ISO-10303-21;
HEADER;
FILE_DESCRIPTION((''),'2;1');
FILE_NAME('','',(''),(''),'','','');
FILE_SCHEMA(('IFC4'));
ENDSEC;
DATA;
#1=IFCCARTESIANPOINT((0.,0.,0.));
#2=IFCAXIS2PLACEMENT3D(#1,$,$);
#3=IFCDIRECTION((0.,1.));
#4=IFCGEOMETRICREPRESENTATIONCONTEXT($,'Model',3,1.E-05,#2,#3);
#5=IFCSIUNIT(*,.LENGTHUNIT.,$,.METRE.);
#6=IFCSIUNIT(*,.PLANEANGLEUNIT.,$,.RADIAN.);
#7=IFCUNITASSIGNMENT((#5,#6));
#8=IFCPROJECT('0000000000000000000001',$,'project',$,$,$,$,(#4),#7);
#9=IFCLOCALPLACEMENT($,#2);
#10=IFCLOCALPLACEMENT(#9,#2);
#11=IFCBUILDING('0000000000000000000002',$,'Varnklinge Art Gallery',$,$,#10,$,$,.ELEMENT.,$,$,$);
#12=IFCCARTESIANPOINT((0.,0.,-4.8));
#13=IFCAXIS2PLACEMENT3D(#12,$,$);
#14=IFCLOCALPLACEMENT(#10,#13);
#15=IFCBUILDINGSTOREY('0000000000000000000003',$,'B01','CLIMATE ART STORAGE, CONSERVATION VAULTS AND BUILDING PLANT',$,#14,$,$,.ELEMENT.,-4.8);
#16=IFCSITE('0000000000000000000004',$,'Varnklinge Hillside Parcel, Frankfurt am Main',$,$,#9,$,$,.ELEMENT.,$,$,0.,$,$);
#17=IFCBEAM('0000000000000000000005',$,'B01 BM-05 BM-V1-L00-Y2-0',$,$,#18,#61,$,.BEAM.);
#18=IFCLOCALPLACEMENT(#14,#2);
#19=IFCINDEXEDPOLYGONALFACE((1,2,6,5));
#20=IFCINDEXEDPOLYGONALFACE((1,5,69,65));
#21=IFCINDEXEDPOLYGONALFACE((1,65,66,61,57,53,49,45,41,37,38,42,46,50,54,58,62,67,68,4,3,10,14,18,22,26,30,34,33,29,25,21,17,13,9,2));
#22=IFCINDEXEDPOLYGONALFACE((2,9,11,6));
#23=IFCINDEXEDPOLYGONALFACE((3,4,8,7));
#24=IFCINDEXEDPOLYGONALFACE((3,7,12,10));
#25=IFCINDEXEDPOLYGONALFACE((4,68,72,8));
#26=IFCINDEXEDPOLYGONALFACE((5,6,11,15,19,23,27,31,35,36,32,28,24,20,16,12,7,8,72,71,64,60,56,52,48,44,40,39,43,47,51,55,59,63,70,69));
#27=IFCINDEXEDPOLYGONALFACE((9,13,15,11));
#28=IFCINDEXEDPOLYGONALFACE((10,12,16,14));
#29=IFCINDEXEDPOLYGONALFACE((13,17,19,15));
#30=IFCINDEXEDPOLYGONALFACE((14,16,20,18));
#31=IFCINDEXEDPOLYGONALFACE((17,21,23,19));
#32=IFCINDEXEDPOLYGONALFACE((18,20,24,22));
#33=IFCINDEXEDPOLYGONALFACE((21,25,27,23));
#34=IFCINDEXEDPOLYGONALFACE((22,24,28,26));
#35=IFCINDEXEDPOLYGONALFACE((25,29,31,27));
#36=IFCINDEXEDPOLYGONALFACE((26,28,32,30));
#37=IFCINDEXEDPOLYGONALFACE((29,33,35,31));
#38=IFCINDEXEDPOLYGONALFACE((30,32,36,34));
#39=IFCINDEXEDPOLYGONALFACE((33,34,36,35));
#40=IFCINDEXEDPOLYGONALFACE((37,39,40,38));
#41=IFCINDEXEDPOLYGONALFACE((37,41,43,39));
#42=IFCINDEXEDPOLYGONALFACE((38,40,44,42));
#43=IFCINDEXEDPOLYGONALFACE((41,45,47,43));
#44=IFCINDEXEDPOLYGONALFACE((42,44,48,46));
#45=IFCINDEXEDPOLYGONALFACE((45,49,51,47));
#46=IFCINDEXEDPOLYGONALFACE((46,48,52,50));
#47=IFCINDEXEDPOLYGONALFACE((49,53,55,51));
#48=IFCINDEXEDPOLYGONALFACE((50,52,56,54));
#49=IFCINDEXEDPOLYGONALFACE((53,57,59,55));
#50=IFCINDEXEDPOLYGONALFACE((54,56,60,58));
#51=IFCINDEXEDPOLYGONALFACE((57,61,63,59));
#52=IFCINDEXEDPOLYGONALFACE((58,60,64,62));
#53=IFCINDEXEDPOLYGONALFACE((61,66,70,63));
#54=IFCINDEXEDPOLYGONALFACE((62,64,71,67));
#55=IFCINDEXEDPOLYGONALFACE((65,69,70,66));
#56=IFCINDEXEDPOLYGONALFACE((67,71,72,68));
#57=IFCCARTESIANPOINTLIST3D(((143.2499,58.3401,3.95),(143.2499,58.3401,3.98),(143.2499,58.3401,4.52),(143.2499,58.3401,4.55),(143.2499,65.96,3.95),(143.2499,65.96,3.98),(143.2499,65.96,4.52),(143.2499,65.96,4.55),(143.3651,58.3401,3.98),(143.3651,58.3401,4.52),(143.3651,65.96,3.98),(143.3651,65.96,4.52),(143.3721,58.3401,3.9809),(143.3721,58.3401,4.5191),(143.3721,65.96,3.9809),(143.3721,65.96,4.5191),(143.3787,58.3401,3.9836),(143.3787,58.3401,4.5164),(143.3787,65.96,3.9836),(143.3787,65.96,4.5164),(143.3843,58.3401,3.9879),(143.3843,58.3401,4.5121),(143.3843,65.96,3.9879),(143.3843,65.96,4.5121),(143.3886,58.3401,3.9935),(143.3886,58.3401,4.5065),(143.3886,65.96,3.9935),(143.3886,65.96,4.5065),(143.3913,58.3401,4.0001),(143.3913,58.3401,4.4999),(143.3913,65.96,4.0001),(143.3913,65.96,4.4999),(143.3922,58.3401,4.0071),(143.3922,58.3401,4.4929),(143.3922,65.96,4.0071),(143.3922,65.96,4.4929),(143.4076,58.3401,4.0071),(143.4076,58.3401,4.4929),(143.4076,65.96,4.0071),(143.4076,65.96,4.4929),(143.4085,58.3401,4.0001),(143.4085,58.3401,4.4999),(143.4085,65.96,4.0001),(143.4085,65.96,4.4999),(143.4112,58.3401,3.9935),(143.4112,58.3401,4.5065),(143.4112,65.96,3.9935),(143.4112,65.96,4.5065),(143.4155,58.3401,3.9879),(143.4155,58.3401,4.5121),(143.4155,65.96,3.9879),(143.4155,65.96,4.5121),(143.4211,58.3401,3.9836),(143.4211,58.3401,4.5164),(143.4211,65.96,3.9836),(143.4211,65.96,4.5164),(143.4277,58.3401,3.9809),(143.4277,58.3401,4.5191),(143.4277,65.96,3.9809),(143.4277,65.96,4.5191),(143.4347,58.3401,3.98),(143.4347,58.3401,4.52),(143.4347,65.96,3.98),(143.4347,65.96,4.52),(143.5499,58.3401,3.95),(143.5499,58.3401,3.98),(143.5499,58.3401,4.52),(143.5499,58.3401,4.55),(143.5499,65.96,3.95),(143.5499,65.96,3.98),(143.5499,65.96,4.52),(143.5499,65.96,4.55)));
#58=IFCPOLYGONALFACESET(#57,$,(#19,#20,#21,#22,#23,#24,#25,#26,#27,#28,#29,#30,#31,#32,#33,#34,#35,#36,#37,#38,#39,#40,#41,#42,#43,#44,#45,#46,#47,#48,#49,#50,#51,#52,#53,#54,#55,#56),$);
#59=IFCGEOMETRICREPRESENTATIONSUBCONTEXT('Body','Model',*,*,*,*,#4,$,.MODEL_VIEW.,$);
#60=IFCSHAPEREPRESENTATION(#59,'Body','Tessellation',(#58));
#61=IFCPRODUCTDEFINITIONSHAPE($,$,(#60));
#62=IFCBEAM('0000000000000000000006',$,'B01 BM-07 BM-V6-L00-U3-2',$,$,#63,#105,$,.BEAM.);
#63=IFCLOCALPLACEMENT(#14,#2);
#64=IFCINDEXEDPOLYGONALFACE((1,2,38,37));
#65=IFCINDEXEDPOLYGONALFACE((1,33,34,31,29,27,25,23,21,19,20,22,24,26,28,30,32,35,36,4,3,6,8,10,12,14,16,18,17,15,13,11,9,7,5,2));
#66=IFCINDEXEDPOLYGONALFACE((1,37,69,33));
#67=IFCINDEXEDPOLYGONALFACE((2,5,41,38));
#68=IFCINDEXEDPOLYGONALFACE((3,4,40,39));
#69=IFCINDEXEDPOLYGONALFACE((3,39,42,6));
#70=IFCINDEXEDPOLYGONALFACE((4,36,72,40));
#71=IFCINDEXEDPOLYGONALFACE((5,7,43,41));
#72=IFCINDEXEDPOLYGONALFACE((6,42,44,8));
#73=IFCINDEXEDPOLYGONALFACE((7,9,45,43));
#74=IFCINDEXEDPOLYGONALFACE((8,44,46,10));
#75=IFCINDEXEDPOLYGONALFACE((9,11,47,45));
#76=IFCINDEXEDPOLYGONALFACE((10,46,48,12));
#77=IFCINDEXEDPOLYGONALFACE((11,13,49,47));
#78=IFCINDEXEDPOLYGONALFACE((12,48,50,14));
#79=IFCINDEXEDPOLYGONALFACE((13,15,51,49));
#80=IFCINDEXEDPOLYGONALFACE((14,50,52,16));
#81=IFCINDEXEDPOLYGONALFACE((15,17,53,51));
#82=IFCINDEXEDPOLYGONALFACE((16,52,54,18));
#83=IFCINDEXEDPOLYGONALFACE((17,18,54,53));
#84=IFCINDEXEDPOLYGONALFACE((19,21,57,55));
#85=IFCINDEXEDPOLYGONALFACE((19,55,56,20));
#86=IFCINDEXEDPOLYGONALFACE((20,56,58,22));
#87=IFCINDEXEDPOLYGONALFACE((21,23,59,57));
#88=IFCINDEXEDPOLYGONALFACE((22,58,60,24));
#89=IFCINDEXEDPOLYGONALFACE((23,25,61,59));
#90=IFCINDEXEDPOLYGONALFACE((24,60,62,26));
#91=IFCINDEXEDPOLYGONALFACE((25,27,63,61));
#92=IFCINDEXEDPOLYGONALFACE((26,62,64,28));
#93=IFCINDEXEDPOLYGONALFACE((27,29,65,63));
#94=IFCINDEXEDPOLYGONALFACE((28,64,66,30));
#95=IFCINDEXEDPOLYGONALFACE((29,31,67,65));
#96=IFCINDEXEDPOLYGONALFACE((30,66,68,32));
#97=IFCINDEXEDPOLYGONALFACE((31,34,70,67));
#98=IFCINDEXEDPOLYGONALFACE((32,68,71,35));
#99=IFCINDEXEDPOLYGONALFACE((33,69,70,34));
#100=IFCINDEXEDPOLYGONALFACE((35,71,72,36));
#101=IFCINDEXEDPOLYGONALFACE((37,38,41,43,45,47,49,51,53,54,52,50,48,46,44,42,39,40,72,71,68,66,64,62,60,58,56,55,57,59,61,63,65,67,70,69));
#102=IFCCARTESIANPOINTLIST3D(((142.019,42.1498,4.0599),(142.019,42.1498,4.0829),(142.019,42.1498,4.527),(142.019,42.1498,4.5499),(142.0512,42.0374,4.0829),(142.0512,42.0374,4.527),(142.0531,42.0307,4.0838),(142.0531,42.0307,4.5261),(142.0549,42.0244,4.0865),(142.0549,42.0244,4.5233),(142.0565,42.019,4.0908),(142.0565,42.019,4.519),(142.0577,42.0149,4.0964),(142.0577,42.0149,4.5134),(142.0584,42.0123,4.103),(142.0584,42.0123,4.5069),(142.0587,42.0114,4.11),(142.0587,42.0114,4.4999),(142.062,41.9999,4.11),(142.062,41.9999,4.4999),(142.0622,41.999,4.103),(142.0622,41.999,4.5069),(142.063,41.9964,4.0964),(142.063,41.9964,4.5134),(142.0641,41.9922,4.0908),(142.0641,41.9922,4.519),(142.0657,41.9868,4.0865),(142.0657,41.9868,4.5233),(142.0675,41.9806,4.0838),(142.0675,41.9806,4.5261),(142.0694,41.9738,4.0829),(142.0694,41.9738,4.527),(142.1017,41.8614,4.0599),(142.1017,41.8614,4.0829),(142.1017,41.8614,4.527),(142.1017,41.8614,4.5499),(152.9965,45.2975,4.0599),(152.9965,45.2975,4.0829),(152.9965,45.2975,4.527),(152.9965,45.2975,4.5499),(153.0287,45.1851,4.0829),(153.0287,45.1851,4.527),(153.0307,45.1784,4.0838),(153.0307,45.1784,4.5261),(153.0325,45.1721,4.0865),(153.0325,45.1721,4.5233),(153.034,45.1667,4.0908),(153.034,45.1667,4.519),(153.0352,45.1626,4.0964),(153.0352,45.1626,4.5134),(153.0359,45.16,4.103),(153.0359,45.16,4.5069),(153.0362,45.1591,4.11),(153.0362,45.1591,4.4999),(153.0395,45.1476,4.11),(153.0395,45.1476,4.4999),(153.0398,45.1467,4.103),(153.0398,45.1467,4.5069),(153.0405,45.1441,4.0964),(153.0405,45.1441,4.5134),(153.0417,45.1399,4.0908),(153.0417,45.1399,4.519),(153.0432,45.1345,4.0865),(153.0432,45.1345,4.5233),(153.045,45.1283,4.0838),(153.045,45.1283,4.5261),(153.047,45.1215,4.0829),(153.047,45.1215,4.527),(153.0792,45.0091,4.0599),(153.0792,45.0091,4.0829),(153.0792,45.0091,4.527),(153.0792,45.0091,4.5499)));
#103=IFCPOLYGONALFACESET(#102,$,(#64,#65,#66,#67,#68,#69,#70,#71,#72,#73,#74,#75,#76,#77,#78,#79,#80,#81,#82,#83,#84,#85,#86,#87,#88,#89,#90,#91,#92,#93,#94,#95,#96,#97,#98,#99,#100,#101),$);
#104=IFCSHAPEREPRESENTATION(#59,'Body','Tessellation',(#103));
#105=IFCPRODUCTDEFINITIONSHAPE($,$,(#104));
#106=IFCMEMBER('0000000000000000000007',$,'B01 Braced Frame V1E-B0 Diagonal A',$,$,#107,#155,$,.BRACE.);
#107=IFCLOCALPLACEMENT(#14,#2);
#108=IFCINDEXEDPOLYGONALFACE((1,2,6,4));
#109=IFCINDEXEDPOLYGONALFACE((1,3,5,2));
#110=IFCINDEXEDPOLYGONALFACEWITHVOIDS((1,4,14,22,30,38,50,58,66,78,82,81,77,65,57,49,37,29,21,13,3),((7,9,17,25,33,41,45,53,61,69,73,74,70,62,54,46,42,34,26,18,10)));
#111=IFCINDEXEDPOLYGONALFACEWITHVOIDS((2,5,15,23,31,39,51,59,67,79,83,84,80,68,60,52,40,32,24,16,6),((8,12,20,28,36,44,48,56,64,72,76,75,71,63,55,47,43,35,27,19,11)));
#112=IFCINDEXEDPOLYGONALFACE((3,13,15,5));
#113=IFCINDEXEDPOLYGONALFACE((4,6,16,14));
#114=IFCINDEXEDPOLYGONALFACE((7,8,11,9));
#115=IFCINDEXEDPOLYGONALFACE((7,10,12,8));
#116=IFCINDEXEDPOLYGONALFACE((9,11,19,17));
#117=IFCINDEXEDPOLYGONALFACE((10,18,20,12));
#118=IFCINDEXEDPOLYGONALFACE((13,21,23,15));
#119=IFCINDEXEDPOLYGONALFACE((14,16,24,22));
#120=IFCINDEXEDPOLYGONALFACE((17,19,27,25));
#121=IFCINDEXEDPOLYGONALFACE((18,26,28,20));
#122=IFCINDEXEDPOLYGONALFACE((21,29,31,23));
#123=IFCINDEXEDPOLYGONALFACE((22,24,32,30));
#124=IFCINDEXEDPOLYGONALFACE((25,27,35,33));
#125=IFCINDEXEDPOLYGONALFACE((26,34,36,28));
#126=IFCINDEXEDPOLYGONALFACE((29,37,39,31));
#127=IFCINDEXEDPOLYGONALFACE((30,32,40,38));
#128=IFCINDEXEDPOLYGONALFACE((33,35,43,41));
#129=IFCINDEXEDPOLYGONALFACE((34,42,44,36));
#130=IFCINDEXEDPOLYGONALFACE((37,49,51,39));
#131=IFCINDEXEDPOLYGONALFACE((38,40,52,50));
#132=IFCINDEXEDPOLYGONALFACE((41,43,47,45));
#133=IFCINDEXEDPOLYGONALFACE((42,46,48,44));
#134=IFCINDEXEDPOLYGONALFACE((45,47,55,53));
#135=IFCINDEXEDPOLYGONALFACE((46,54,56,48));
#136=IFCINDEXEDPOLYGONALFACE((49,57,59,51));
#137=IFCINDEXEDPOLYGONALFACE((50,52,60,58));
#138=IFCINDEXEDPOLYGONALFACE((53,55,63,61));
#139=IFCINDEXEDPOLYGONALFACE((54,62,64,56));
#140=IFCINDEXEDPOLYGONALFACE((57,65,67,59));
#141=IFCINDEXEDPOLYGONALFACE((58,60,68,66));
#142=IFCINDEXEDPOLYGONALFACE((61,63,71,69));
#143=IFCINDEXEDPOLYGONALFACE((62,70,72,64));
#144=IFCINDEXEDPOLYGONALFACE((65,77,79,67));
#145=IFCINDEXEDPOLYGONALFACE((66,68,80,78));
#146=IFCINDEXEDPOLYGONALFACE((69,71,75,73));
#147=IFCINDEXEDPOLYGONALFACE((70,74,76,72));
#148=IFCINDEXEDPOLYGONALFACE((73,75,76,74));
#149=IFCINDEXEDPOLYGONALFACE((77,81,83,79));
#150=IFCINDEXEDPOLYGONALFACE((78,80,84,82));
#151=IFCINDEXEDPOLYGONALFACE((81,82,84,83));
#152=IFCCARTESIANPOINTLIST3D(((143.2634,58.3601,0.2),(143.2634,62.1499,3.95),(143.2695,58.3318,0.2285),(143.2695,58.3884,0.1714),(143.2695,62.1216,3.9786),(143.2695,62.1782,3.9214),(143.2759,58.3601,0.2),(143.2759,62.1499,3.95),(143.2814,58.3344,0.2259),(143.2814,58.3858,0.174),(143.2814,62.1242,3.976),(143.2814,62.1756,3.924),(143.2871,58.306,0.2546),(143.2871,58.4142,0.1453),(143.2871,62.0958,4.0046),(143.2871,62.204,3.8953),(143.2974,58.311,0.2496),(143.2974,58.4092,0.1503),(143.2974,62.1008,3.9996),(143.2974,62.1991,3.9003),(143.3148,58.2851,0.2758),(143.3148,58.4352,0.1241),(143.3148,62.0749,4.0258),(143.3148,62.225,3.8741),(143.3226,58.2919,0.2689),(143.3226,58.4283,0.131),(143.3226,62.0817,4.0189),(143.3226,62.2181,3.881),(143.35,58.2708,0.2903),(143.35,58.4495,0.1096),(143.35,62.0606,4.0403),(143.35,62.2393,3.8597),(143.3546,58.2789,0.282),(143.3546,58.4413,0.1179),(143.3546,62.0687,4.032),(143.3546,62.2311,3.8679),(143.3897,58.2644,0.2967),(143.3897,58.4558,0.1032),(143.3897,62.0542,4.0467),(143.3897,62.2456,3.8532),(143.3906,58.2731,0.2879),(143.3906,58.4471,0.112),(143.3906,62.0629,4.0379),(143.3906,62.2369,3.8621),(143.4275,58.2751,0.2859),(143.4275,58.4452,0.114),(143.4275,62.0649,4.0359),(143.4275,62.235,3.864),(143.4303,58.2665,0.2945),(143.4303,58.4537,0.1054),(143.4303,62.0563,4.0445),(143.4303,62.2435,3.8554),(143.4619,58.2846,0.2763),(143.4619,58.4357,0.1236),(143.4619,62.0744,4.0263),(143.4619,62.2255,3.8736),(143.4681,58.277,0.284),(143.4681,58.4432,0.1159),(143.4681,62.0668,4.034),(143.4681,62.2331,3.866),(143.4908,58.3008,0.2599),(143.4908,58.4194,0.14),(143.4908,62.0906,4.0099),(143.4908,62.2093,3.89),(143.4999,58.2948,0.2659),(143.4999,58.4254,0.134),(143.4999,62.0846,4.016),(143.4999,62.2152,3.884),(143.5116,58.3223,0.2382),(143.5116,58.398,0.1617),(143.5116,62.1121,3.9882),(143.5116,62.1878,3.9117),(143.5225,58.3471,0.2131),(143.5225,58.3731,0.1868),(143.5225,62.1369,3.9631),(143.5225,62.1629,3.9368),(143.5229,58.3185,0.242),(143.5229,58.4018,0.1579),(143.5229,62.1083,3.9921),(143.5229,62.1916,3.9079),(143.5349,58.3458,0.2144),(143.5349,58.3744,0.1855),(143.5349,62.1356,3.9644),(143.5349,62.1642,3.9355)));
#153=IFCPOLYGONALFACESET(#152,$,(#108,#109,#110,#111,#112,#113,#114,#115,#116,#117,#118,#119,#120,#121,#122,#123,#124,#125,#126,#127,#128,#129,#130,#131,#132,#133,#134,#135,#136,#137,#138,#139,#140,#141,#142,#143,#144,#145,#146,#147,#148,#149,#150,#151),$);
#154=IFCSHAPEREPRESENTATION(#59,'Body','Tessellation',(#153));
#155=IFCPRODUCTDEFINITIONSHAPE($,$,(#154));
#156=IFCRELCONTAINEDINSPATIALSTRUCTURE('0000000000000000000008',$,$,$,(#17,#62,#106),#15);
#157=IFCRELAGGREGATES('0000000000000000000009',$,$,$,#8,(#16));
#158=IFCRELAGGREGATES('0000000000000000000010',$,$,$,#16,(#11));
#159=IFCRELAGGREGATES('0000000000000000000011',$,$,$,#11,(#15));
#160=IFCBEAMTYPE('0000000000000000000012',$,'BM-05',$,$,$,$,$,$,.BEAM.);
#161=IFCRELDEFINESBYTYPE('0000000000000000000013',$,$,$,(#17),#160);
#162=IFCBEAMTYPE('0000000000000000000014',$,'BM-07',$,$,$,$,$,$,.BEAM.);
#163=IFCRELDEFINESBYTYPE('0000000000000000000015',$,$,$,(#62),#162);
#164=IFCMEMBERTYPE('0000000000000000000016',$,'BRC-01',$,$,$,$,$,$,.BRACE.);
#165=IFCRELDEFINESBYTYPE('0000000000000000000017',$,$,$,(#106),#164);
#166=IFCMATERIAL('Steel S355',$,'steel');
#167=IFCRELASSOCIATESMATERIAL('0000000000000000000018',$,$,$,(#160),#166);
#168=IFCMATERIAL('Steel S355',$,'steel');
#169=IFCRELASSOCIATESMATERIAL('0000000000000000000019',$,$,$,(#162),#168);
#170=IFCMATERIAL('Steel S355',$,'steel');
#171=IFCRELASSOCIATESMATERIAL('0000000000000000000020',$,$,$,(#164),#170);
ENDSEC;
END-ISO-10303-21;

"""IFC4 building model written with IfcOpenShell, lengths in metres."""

from ifc_helpers import new_model, si_unit, direction, frame, origin, origin_2d, place, context, subcontext, project, spatial, hollow_circle, i_section, extrude, material, material_profile, profile_set, type_object, element, save


model = new_model("IFC4")

# Units and contexts
model_context = context("Model", 3, precision=1e-05, world=origin(), true_north=direction((0.0, 1.0)))
body_context = subcontext(model_context, "Body", "Model", "MODEL_VIEW")
ifc_project = project(units=[si_unit("LENGTHUNIT", "METRE"), si_unit("PLANEANGLEUNIT", "RADIAN")], contexts=[model_context])

# Site, building, storey
site_placement = place(None, origin())
site = spatial("IfcSite", under=ifc_project, at=site_placement, Name="Varnklinge Hillside Parcel, Frankfurt am Main", CompositionType="ELEMENT", RefElevation=0.0)
building_placement = place(site_placement, origin())
building = spatial("IfcBuilding", under=site, at=building_placement, Name="Varnklinge Art Gallery", CompositionType="ELEMENT")
storey_placement = place(building_placement, frame((0.0, 0.0, -4.8)))
storey = spatial("IfcBuildingStorey", under=building, at=storey_placement, Name="B01", Description="CLIMATE ART STORAGE, CONSERVATION VAULTS AND BUILDING PLANT", CompositionType="ELEMENT", Elevation=-4.8)

# Beams
ifc_material_1 = material(Name="Steel S355", Category="steel")
ifc_material_profile_1 = material_profile(ifc_material_1, i_section(OverallWidth=0.3, OverallDepth=0.6001, WebThickness=0.0154, FlangeThickness=0.03, FilletRadius=0.0271, at=origin_2d()), Name="HEB 600")
ifc_profile_set_1 = profile_set([ifc_material_profile_1], Name="Steel S355")
beam_type_1 = type_object("IfcBeamType", Name="BM-05", PredefinedType="BEAM", material=ifc_profile_set_1)
for number, where, z_axis, x_axis, name in (
    (1, (143.3999, 58.3401, 4.25), (0.0, 1.0, 0.0), (-1.0, 0.0, 0.0), "B01 BM-05 BM-V1-L00-Y2-0"),
):
    element("IfcBeam", number, at=place(storey_placement, frame(where, z_axis=z_axis, x_axis=x_axis)), inside=storey, type_object=beam_type_1, Name=name, PredefinedType="BEAM", context=body_context, shape_type="SweptSolid", body=[
        extrude(i_section(OverallWidth=0.3, OverallDepth=0.6001, WebThickness=0.0154, FlangeThickness=0.03, FilletRadius=0.0271, at=origin_2d()), origin(), (0.0, 0.0, 1.0), 7.6199),
    ])
ifc_material_2 = material(Name="Steel S355", Category="steel")
ifc_material_profile_2 = material_profile(ifc_material_2, i_section(OverallWidth=0.3, OverallDepth=0.49, WebThickness=0.012, FlangeThickness=0.0229, FilletRadius=0.0271, at=origin_2d()), Name="HEA 500")
ifc_profile_set_2 = profile_set([ifc_material_profile_2], Name="Steel S355")
beam_type_2 = type_object("IfcBeamType", Name="BM-07", PredefinedType="BEAM", material=ifc_profile_set_2)
beam_1_placement = place(storey_placement, frame((142.0603, 42.0056, 4.3049), z_axis=(0.961263, 0.275633, 0.0), x_axis=(-0.275633, 0.961263, 0.0)))
element("IfcBeam", 2, at=beam_1_placement, inside=storey, type_object=beam_type_2, Name="B01 BM-07 BM-V6-L00-U3-2", PredefinedType="BEAM", context=body_context, shape_type="SweptSolid", body=[
    extrude(i_section(OverallWidth=0.3, OverallDepth=0.49, WebThickness=0.012, FlangeThickness=0.0229, FilletRadius=0.0271, at=origin_2d()), origin(), (0.0, 0.0, 1.0), 11.4199),
])

# Member
ifc_material_3 = material(Name="Steel S355", Category="steel")
ifc_material_profile_3 = material_profile(ifc_material_3, hollow_circle(Radius=0.1365, WallThickness=0.0125, at=origin_2d()), Name="CHS 273x12.5")
ifc_profile_set_3 = profile_set([ifc_material_profile_3], Name="Steel S355")
member_type = type_object("IfcMemberType", Name="BRC-01", PredefinedType="BRACE", material=ifc_profile_set_3)
member_placement = place(storey_placement, frame((143.3999, 58.3601, 0.2), z_axis=(0.0, 0.710829, 0.703365), x_axis=(-1.0, 0.0, 0.0)))
element("IfcMember", 3, at=member_placement, inside=storey, type_object=member_type, Name="B01 Braced Frame V1E-B0 Diagonal A", PredefinedType="BRACE", context=body_context, shape_type="SweptSolid", body=[
    extrude(hollow_circle(Radius=0.1365, WallThickness=0.0125, at=origin_2d()), origin(), (0.0, 0.0, 1.0), 5.3315),
])

save(model, "model.ifc")
